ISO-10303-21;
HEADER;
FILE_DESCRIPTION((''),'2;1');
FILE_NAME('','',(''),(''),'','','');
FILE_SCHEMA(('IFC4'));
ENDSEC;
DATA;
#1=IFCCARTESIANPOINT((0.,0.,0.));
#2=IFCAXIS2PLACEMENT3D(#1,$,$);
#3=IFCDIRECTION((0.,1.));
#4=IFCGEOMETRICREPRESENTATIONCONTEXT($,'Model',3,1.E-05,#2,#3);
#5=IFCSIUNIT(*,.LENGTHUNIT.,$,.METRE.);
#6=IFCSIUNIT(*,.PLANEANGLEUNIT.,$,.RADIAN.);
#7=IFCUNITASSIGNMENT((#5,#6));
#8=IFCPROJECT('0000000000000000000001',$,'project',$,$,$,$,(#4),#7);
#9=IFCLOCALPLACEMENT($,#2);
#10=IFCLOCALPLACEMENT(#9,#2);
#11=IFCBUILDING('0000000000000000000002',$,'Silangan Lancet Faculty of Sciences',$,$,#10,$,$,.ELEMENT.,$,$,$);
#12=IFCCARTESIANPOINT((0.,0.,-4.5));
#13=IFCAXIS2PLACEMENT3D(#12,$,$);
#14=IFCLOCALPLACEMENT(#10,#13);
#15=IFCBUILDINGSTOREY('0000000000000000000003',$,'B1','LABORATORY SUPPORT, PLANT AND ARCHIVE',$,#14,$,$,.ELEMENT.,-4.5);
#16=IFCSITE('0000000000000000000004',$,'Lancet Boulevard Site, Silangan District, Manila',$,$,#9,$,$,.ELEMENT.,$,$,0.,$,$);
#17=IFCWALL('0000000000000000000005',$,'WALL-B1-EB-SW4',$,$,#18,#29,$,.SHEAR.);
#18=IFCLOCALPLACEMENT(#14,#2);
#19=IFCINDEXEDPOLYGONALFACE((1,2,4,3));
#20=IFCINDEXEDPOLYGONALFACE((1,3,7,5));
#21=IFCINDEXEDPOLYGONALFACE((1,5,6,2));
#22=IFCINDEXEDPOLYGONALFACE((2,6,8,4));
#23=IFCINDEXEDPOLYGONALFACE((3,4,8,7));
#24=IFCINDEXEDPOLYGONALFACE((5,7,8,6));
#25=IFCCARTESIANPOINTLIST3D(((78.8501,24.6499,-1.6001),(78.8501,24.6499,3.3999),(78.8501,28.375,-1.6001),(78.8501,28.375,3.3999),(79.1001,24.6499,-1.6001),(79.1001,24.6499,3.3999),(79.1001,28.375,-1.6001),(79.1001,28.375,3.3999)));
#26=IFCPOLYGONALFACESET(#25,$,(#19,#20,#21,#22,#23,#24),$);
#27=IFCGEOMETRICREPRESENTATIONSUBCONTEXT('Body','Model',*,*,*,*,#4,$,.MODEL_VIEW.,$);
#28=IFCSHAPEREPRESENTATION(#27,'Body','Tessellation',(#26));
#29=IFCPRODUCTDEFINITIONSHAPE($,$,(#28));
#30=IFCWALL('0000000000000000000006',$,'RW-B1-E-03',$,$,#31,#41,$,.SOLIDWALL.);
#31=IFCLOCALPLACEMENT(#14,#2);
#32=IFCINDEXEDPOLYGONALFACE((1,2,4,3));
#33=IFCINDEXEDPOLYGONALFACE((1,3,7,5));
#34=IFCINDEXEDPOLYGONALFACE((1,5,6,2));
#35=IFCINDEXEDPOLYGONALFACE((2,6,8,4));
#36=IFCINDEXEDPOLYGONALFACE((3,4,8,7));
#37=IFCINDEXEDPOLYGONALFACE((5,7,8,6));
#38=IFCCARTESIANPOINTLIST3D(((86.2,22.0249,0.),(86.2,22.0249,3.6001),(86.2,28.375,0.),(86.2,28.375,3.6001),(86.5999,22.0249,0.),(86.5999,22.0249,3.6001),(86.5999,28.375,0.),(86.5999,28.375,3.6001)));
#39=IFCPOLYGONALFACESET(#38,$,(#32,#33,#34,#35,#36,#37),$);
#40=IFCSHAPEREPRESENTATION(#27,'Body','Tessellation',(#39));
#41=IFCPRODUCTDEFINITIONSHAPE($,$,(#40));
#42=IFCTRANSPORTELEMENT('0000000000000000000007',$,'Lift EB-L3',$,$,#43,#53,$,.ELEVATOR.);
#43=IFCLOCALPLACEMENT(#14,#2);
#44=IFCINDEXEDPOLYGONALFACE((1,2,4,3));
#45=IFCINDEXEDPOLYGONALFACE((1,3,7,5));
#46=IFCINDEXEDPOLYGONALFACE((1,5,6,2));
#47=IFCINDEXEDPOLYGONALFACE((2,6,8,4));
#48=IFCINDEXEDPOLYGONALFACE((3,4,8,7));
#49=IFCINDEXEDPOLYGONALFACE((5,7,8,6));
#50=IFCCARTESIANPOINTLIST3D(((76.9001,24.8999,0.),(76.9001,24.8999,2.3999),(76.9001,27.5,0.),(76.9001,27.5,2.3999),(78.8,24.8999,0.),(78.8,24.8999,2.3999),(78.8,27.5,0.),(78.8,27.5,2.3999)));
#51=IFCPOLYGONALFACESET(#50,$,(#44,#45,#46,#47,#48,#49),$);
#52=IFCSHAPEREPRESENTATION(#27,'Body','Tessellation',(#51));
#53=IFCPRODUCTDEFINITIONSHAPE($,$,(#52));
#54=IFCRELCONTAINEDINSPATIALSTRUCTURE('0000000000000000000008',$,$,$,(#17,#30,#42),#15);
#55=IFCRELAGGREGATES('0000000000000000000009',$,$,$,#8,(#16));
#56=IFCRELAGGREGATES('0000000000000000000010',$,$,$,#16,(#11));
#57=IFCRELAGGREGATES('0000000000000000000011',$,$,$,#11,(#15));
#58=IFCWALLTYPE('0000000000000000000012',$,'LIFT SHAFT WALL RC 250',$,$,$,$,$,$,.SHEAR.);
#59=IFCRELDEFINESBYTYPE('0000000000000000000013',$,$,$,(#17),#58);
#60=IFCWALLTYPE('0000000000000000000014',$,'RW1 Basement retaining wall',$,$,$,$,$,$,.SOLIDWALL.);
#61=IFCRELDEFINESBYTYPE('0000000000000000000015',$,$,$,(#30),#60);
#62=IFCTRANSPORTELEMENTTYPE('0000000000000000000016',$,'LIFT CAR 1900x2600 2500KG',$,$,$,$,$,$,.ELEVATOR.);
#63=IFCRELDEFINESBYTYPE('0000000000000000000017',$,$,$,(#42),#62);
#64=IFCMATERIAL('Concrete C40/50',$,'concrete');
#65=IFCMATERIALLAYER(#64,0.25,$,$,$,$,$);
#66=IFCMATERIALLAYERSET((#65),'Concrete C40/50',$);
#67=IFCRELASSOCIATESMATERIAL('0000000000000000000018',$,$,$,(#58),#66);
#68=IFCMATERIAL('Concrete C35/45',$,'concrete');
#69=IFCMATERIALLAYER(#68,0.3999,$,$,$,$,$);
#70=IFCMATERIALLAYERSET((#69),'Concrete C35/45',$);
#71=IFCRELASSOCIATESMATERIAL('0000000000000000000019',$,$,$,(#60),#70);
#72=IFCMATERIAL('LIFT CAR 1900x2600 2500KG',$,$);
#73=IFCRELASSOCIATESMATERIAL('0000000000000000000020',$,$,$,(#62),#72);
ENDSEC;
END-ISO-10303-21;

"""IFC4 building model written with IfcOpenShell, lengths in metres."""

from ifc_helpers import new_model, si_unit, direction, frame, frame_2d, origin, origin_2d, place, context, subcontext, project, spatial, rectangle, extrude, material, layer, layer_set, type_object, element, save


model = new_model("IFC4")

# Units and contexts
model_context = context("Model", 3, precision=1e-05, world=origin(), true_north=direction((0.0, 1.0)))
body_context = subcontext(model_context, "Body", "Model", "MODEL_VIEW")
ifc_project = project(units=[si_unit("LENGTHUNIT", "METRE"), si_unit("PLANEANGLEUNIT", "RADIAN")], contexts=[model_context])

# Site, building, storey
site_placement = place(None, origin())
site = spatial("IfcSite", under=ifc_project, at=site_placement, Name="Lancet Boulevard Site, Silangan District, Manila", CompositionType="ELEMENT", RefElevation=0.0)
building_placement = place(site_placement, origin())
building = spatial("IfcBuilding", under=site, at=building_placement, Name="Silangan Lancet Faculty of Sciences", CompositionType="ELEMENT")
storey_placement = place(building_placement, frame((0.0, 0.0, -4.5)))
storey = spatial("IfcBuildingStorey", under=building, at=storey_placement, Name="B1", Description="LABORATORY SUPPORT, PLANT AND ARCHIVE", CompositionType="ELEMENT", Elevation=-4.5)

# Walls
ifc_material_1 = material(Name="Concrete C40/50", Category="concrete")
ifc_layer_1 = layer(ifc_material_1, 0.25)
ifc_layer_set_1 = layer_set([ifc_layer_1], Name="Concrete C40/50")
wall_type_1 = type_object("IfcWallType", Name="LIFT SHAFT WALL RC 250", PredefinedType="SHEAR", material=ifc_layer_set_1)
wall_1_placement = place(storey_placement, frame((78.9751, 24.6499, -1.6001), z_axis=(0.0, 0.0, 1.0), x_axis=(0.0, 1.0, 0.0)))
element("IfcWall", 1, at=wall_1_placement, inside=storey, type_object=wall_type_1, Name="WALL-B1-EB-SW4", PredefinedType="SHEAR", context=body_context, shape_type="SweptSolid", body=[
    extrude(rectangle(XDim=3.7251, YDim=0.25, at=frame_2d((1.8625, 0.0))), origin(), (0.0, 0.0, 1.0), 5.0),
])
ifc_material_2 = material(Name="Concrete C35/45", Category="concrete")
ifc_layer_2 = layer(ifc_material_2, 0.3999)
ifc_layer_set_2 = layer_set([ifc_layer_2], Name="Concrete C35/45")
wall_type_2 = type_object("IfcWallType", Name="RW1 Basement retaining wall", PredefinedType="SOLIDWALL", material=ifc_layer_set_2)
wall_2_placement = place(storey_placement, frame((86.3999, 22.0249, 0.0), z_axis=(0.0, 0.0, 1.0), x_axis=(0.0, 1.0, 0.0)))
element("IfcWall", 2, at=wall_2_placement, inside=storey, type_object=wall_type_2, Name="RW-B1-E-03", PredefinedType="SOLIDWALL", context=body_context, shape_type="SweptSolid", body=[
    extrude(rectangle(XDim=6.3501, YDim=0.3999, at=frame_2d((3.175, 0.0))), origin(), (0.0, 0.0, 1.0), 3.6001),
])

# Transport element
ifc_material_3 = material(Name="LIFT CAR 1900x2600 2500KG")
transport_element_type = type_object("IfcTransportElementType", Name="LIFT CAR 1900x2600 2500KG", PredefinedType="ELEVATOR", material=ifc_material_3)
transport_element_placement = place(storey_placement, frame((77.8501, 26.2, 0.0), z_axis=(0.0, 0.0, 1.0), x_axis=(1.0, 0.0, 0.0)))
element("IfcTransportElement", 3, at=transport_element_placement, inside=storey, type_object=transport_element_type, Name="Lift EB-L3", PredefinedType="ELEVATOR", context=body_context, shape_type="SweptSolid", body=[
    extrude(rectangle(XDim=1.8999, YDim=2.6001, at=origin_2d()), origin(), (0.0, 0.0, 1.0), 2.3999),
])

save(model, "model.ifc")
